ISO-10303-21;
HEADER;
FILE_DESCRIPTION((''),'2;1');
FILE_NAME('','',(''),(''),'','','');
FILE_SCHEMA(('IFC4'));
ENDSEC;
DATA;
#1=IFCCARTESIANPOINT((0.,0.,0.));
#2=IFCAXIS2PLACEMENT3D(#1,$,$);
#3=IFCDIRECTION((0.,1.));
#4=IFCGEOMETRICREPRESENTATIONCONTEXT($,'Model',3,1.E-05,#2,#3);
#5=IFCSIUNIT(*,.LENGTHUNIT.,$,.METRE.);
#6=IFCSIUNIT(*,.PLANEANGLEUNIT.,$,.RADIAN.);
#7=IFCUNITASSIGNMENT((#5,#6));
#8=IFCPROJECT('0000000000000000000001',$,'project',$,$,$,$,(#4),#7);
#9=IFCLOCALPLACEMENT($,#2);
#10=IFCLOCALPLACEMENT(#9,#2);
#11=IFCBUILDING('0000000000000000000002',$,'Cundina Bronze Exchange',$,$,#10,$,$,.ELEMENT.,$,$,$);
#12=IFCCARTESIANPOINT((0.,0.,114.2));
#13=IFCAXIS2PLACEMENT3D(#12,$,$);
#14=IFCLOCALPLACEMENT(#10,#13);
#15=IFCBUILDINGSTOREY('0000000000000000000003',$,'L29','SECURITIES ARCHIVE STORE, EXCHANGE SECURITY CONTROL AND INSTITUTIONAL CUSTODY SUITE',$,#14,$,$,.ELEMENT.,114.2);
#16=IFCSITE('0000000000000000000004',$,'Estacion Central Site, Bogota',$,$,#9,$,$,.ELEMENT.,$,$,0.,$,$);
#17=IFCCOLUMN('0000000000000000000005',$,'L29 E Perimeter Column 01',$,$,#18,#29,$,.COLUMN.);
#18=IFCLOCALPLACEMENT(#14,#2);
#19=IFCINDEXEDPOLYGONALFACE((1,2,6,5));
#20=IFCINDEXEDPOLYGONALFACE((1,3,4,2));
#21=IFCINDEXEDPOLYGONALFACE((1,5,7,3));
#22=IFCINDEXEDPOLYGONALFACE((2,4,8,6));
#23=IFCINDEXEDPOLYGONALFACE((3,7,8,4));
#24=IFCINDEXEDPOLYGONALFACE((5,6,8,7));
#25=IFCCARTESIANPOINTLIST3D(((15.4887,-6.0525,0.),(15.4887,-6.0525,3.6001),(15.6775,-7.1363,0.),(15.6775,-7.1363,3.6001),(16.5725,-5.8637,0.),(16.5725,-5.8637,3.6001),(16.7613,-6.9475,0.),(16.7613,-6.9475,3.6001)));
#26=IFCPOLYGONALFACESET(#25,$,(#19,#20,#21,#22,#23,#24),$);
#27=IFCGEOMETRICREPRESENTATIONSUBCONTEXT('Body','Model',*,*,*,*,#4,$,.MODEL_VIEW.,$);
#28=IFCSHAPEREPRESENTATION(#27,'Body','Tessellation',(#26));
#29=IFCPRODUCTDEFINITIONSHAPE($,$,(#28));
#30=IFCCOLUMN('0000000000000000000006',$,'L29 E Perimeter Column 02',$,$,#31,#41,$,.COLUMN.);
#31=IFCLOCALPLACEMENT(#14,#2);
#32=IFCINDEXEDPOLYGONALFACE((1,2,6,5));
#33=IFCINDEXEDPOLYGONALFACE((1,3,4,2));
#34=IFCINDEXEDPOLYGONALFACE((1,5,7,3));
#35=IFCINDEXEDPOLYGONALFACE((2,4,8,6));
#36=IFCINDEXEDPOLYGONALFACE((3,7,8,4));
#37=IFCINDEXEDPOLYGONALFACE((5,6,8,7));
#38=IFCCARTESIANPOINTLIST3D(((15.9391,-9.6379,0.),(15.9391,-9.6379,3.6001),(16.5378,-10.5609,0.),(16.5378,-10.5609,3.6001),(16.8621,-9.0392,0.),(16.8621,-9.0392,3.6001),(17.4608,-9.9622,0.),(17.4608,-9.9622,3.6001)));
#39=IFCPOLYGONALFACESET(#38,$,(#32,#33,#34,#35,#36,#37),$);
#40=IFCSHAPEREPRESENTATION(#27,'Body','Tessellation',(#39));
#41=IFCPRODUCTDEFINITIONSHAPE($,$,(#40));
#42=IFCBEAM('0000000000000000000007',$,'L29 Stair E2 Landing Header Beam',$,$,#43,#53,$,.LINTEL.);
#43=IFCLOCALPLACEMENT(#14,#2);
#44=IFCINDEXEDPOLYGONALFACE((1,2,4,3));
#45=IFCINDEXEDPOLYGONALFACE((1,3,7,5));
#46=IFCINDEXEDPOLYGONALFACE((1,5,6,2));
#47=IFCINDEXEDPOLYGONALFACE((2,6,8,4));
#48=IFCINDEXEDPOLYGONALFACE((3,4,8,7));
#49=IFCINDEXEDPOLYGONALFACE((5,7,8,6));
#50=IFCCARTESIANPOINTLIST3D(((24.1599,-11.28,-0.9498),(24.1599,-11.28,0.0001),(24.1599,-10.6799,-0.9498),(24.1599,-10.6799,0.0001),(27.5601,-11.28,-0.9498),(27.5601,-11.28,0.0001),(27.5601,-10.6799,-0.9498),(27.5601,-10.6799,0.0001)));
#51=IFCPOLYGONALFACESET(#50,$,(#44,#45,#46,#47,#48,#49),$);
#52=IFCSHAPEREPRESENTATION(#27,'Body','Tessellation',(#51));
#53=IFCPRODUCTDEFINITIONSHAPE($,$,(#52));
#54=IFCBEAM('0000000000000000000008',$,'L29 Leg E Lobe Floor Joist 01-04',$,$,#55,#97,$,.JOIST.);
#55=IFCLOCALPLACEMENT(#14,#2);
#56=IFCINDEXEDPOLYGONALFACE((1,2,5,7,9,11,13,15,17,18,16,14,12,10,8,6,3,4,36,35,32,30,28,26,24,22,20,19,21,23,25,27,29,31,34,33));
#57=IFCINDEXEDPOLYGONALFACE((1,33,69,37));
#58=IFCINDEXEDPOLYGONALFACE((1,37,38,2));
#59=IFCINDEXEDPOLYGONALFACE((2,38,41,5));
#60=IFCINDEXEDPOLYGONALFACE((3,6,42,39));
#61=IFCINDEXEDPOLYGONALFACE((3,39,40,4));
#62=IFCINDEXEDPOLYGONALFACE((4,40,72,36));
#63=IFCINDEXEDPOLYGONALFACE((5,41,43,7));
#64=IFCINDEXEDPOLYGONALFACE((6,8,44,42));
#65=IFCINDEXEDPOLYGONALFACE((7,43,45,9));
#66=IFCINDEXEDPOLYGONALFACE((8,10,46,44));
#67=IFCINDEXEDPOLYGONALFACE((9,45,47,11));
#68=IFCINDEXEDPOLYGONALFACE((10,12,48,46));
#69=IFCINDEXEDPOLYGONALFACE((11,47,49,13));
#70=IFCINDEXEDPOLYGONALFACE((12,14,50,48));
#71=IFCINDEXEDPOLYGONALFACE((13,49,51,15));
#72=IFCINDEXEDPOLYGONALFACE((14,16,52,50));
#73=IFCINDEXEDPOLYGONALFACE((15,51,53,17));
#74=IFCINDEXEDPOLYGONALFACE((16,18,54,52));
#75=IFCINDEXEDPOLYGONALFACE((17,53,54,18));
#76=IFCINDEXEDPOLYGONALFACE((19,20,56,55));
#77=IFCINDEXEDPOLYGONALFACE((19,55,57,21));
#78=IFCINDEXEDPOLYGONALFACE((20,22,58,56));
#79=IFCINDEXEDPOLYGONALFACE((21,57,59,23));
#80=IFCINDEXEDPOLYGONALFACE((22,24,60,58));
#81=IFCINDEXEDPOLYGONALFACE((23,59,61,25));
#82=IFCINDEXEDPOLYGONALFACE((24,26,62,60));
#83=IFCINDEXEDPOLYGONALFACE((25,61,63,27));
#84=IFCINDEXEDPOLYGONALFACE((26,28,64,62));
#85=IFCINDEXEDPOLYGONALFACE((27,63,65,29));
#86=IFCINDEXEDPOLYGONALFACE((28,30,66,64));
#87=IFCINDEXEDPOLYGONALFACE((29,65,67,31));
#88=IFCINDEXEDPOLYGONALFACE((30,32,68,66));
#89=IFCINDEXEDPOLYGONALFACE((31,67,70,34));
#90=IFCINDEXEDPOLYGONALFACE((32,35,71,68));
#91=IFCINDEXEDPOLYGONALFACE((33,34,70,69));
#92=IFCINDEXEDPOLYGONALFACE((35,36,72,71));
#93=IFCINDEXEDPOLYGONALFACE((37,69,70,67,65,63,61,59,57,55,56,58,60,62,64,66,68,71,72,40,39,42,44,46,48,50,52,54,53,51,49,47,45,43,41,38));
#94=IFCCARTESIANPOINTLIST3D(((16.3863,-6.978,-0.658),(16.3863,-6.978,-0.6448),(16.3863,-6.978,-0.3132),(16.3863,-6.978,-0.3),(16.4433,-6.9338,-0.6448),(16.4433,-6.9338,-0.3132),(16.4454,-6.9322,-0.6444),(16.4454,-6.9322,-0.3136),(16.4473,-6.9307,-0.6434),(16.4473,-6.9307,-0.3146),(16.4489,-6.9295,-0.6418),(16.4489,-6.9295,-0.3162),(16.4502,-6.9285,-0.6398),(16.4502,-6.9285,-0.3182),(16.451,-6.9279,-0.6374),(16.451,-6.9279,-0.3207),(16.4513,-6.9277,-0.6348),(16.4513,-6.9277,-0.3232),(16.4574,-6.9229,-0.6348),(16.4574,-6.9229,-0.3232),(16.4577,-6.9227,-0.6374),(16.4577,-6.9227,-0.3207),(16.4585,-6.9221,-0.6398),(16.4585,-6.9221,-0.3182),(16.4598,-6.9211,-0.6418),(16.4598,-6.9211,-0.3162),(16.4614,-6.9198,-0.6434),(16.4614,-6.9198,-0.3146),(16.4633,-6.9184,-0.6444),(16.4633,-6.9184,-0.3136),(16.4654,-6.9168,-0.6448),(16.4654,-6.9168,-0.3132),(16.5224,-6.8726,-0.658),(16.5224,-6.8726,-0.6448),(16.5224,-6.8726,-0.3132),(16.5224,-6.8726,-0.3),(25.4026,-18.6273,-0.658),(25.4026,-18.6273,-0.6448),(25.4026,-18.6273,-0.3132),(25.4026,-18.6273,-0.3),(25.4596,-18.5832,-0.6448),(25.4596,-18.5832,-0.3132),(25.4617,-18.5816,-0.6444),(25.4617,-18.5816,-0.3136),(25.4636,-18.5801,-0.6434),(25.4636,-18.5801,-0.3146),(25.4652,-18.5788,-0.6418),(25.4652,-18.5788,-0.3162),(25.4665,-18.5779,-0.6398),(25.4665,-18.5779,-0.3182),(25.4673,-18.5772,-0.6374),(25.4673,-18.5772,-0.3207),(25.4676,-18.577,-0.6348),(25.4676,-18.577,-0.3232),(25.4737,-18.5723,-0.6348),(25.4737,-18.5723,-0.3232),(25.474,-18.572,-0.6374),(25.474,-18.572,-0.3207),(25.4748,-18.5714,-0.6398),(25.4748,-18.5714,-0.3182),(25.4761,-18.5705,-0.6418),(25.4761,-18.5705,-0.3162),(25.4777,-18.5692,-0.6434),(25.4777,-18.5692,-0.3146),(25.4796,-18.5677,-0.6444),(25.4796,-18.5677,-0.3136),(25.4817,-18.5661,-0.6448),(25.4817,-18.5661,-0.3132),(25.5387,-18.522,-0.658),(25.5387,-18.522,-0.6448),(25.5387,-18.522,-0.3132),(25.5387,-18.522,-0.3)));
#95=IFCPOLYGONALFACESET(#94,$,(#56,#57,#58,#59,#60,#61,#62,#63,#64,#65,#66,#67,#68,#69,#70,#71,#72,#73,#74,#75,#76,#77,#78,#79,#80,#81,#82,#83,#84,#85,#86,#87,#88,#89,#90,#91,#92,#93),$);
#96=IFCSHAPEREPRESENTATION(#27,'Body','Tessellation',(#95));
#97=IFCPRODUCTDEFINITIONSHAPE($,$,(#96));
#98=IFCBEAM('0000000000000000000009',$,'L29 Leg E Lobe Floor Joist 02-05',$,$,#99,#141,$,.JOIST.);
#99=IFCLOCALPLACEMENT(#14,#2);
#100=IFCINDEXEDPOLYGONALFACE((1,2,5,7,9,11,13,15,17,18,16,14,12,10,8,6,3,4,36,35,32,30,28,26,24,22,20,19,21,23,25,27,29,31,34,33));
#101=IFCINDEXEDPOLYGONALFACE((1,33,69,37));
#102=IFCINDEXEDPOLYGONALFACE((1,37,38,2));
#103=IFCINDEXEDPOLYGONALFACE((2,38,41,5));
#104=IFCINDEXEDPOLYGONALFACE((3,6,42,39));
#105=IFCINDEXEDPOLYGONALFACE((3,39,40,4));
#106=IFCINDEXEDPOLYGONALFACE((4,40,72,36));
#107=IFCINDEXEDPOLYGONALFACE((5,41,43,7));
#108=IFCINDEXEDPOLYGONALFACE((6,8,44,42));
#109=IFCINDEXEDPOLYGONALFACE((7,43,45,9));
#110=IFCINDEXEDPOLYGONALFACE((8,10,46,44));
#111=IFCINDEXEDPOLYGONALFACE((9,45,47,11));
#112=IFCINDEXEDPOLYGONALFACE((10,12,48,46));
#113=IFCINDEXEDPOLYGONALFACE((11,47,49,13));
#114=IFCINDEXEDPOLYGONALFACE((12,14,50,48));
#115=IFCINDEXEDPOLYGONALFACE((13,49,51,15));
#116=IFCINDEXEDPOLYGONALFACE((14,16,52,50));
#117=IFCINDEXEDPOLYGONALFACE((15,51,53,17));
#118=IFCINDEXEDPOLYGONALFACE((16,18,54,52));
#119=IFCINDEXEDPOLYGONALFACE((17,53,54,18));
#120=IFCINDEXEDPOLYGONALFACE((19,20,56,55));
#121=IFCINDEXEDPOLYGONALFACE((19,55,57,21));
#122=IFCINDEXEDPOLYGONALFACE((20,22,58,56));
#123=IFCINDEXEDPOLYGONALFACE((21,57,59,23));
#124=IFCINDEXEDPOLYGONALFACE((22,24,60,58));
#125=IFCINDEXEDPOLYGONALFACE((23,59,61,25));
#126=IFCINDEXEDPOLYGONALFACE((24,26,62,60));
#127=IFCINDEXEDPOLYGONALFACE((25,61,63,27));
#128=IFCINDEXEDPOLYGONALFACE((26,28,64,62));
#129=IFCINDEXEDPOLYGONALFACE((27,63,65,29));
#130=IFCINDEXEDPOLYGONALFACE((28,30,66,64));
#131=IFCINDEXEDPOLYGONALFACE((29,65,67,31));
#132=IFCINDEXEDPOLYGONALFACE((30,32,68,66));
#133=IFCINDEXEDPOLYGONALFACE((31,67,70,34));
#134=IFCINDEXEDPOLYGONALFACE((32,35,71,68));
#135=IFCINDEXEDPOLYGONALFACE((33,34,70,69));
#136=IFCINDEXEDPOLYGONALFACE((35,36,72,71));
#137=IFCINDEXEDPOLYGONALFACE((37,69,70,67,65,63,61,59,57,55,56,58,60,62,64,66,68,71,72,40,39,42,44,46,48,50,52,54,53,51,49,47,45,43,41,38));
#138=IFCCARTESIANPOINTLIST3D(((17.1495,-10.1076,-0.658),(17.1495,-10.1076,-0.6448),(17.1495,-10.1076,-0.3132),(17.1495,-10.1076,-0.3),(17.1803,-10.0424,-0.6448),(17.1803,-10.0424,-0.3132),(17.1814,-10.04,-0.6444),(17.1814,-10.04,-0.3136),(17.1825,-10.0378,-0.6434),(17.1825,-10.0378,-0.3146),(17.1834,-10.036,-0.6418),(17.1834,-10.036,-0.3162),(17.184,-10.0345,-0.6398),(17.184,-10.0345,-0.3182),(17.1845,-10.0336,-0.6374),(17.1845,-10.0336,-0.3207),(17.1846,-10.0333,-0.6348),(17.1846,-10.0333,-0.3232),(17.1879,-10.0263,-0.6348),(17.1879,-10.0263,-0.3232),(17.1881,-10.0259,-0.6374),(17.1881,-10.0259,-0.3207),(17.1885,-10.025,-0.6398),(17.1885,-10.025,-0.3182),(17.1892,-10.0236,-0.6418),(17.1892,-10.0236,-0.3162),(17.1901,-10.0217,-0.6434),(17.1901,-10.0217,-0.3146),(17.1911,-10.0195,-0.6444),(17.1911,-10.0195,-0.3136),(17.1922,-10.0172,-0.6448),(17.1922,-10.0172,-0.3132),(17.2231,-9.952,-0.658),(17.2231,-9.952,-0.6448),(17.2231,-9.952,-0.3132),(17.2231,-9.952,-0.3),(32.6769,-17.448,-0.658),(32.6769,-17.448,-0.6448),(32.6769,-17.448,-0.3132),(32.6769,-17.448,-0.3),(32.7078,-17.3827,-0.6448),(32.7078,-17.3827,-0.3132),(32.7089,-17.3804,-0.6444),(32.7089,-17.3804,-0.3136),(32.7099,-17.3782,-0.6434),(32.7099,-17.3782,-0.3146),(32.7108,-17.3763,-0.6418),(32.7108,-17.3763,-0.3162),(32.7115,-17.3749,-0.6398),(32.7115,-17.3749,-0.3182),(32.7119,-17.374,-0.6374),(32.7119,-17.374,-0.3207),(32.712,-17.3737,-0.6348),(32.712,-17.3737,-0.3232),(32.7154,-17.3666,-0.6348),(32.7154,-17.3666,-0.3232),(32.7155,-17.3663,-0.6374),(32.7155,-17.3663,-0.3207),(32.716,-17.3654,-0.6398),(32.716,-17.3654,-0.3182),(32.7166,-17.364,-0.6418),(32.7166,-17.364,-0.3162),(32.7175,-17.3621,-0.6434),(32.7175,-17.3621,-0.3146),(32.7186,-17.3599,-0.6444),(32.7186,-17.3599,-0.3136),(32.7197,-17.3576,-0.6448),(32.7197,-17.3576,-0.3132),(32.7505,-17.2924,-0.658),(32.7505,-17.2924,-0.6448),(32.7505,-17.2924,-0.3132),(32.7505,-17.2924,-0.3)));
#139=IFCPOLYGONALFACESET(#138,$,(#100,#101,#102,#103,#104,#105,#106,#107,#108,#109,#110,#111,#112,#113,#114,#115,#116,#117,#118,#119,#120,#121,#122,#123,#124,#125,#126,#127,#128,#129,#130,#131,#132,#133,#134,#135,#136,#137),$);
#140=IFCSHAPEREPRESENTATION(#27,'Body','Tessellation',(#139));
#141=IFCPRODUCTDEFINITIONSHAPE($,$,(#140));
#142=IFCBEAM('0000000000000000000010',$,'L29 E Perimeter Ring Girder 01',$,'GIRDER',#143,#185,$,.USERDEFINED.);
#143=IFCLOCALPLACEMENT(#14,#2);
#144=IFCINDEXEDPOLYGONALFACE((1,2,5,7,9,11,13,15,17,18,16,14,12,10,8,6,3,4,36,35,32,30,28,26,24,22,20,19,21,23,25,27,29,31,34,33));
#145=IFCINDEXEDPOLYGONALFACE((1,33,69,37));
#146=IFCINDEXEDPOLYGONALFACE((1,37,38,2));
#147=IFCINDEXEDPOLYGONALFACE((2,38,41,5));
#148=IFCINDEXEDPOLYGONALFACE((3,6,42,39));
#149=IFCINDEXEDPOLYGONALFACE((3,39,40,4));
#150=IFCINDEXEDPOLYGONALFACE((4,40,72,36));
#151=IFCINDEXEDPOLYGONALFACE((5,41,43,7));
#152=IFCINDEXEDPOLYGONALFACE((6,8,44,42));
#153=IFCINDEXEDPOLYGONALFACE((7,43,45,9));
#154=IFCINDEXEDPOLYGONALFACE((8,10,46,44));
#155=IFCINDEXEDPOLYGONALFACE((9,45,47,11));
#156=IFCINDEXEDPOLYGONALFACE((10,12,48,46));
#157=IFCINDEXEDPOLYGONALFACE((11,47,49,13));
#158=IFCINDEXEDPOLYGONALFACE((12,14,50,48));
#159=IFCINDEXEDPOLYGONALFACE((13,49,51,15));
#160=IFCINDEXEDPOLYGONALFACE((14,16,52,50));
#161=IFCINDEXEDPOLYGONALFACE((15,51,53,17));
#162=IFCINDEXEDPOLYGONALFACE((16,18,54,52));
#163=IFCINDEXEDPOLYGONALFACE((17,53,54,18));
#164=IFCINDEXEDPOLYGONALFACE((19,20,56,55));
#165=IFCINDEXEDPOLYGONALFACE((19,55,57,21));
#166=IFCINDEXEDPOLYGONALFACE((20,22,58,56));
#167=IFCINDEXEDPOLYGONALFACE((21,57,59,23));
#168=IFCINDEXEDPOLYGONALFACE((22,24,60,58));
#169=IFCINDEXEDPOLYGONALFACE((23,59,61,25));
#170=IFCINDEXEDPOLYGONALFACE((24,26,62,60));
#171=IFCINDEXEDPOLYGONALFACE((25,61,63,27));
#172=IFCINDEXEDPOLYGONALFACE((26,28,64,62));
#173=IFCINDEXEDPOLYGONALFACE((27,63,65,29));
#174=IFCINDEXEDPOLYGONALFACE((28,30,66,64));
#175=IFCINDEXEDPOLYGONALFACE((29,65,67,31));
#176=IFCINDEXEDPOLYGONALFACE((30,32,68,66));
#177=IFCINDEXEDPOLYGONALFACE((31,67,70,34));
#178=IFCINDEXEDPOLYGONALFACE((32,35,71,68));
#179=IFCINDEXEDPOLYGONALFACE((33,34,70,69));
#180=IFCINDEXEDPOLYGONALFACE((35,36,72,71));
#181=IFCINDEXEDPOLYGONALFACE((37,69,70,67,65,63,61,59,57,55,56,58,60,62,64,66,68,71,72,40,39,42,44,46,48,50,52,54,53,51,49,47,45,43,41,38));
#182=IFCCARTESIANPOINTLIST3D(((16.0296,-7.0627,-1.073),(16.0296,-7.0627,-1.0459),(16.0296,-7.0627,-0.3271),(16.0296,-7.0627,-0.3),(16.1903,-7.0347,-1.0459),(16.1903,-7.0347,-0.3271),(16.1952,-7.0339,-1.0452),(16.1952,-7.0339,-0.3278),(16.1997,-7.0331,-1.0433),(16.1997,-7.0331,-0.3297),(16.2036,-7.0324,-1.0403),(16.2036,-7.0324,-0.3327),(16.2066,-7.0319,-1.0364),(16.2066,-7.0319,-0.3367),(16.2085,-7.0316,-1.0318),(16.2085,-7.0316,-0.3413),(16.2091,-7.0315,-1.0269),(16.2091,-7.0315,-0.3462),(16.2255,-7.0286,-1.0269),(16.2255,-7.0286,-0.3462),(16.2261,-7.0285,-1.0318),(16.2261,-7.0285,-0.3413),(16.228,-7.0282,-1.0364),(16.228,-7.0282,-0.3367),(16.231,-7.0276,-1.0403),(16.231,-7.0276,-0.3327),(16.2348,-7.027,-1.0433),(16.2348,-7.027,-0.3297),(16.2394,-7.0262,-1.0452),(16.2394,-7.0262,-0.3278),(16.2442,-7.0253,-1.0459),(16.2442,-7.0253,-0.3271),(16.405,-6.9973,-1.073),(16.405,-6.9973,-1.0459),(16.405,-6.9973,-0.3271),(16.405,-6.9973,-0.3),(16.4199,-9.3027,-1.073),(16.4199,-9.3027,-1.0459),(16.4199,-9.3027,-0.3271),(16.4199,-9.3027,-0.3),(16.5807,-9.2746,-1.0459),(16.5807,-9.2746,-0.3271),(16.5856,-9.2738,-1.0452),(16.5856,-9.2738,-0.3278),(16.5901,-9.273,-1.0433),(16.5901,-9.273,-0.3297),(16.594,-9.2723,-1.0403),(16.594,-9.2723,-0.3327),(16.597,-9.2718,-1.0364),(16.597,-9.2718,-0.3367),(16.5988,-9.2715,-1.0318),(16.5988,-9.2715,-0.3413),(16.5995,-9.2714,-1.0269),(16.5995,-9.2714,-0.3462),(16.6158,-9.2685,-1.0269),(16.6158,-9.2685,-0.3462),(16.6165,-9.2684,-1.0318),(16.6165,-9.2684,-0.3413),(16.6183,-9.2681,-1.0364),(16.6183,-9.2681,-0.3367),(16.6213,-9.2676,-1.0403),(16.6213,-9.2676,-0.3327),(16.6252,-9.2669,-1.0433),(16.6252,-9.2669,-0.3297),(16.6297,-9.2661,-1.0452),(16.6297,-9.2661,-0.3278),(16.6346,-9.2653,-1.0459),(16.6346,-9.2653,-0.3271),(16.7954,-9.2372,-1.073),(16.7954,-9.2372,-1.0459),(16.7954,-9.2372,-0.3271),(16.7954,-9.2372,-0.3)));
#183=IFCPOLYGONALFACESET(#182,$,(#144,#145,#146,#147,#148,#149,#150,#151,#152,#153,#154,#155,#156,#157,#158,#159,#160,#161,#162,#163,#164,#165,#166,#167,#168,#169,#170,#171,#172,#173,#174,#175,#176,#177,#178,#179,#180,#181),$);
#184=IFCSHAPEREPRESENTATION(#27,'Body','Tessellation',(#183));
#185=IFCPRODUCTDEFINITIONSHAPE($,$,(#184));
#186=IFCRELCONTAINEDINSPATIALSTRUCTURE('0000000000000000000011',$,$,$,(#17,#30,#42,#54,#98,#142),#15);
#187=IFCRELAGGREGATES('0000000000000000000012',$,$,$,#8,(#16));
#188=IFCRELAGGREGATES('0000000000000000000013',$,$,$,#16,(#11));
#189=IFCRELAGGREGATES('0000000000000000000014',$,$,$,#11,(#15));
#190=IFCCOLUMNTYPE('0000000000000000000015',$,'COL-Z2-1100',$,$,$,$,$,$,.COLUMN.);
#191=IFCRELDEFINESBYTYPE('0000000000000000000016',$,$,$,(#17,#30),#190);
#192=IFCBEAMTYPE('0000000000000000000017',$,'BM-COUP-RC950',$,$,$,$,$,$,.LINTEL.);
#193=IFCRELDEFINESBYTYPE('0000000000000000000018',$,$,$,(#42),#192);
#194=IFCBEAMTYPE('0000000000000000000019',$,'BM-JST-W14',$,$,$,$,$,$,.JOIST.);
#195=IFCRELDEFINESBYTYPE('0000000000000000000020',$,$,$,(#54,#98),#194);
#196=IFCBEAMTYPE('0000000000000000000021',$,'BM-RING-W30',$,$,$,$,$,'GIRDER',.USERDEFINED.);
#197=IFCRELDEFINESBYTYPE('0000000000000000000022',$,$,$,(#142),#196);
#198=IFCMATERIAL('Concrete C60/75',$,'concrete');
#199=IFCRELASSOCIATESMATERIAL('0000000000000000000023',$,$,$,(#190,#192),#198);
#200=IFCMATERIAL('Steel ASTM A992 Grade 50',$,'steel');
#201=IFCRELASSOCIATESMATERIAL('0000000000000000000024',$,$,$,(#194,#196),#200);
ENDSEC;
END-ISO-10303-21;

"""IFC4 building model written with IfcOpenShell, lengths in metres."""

from ifc_helpers import new_model, si_unit, direction, frame, origin, origin_2d, place, context, subcontext, project, spatial, rectangle, i_section, extrude, material, material_profile, profile_set, type_object, element, save


model = new_model("IFC4")

# Units and contexts
model_context = context("Model", 3, precision=1e-05, world=origin(), true_north=direction((0.0, 1.0)))
body_context = subcontext(model_context, "Body", "Model", "MODEL_VIEW")
ifc_project = project(units=[si_unit("LENGTHUNIT", "METRE"), si_unit("PLANEANGLEUNIT", "RADIAN")], contexts=[model_context])

# Site, building, storey
site_placement = place(None, origin())
site = spatial("IfcSite", under=ifc_project, at=site_placement, Name="Estacion Central Site, Bogota", CompositionType="ELEMENT", RefElevation=0.0)
building_placement = place(site_placement, origin())
building = spatial("IfcBuilding", under=site, at=building_placement, Name="Cundina Bronze Exchange", CompositionType="ELEMENT")
storey_placement = place(building_placement, frame((0.0, 0.0, 114.2)))
storey = spatial("IfcBuildingStorey", under=building, at=storey_placement, Name="L29", Description="SECURITIES ARCHIVE STORE, EXCHANGE SECURITY CONTROL AND INSTITUTIONAL CUSTODY SUITE", CompositionType="ELEMENT", Elevation=114.2)

# Columns
ifc_material_1 = material(Name="Concrete C60/75", Category="concrete")
ifc_material_profile_1 = material_profile(ifc_material_1, rectangle(XDim=1.1001, YDim=1.1001, at=origin_2d()), Name="RC1100X1100", Category="concrete")
ifc_profile_set_1 = profile_set([ifc_material_profile_1], Name="Concrete C60/75")
column_type = type_object("IfcColumnType", Name="COL-Z2-1100", PredefinedType="COLUMN", material=ifc_profile_set_1)
for number, where, z_axis, x_axis, name in (
    (1, (16.125, -6.5, 0.0), (0.0, 0.0, 1.0), (0.171585, -0.985169, 0.0), "L29 E Perimeter Column 01"),
    (2, (16.7, -9.8, 0.0), (0.0, 0.0, 1.0), (0.5442, -0.838956, 0.0), "L29 E Perimeter Column 02"),
):
    element("IfcColumn", number, at=place(storey_placement, frame(where, z_axis=z_axis, x_axis=x_axis)), inside=storey, type_object=column_type, Name=name, PredefinedType="COLUMN", context=body_context, shape_type="SweptSolid", body=[
        extrude(rectangle(XDim=1.1001, YDim=1.1001, at=origin_2d()), origin(), (0.0, 0.0, 1.0), 3.6001),
    ])

# Beams
ifc_material_profile_2 = material_profile(ifc_material_1, rectangle(XDim=0.6001, YDim=0.95, at=origin_2d()), Name="RC600X950", Category="concrete")
ifc_profile_set_2 = profile_set([ifc_material_profile_2], Name="Concrete C60/75")
beam_type_1 = type_object("IfcBeamType", Name="BM-COUP-RC950", PredefinedType="LINTEL", material=ifc_profile_set_2)
beam_1_placement = place(storey_placement, frame((24.1599, -10.98, -0.4749), z_axis=(1.0, 0.0, 0.0), x_axis=(0.0, 1.0, 0.0)))
element("IfcBeam", 3, at=beam_1_placement, inside=storey, type_object=beam_type_1, Name="L29 Stair E2 Landing Header Beam", PredefinedType="LINTEL", context=body_context, shape_type="SweptSolid", body=[
    extrude(rectangle(XDim=0.6001, YDim=0.95, at=origin_2d()), origin(), (0.0, 0.0, 1.0), 3.4001),
])
ifc_material_2 = material(Name="Steel ASTM A992 Grade 50", Category="steel")
ifc_material_profile_3 = material_profile(ifc_material_2, i_section(OverallWidth=0.1721, OverallDepth=0.3579, WebThickness=0.0078, FlangeThickness=0.0132, FilletRadius=0.01, at=origin_2d()), Name="W14X38", Category="steel")
ifc_profile_set_3 = profile_set([ifc_material_profile_3], Name="Steel ASTM A992 Grade 50")
beam_type_2 = type_object("IfcBeamType", Name="BM-JST-W14", PredefinedType="JOIST", material=ifc_profile_set_3)
beam_2_placement = place(storey_placement, frame((16.4543, -6.9253, -0.479), z_axis=(0.612065, -0.790807, 0.0), x_axis=(0.790807, 0.612065, 0.0)))
element("IfcBeam", 4, at=beam_2_placement, inside=storey, type_object=beam_type_2, Name="L29 Leg E Lobe Floor Joist 01-04", PredefinedType="JOIST", context=body_context, shape_type="SweptSolid", body=[
    extrude(i_section(OverallWidth=0.1721, OverallDepth=0.3579, WebThickness=0.0078, FlangeThickness=0.0132, FilletRadius=0.01, at=origin_2d()), origin(), (0.0, 0.0, 1.0), 14.731),
])
beam_3_placement = place(storey_placement, frame((17.1863, -10.0298, -0.479), z_axis=(0.904069, -0.427386, 0.0), x_axis=(0.427386, 0.904069, 0.0)))
element("IfcBeam", 5, at=beam_3_placement, inside=storey, type_object=beam_type_2, Name="L29 Leg E Lobe Floor Joist 02-05", PredefinedType="JOIST", context=body_context, shape_type="SweptSolid", body=[
    extrude(i_section(OverallWidth=0.1721, OverallDepth=0.3579, WebThickness=0.0078, FlangeThickness=0.0132, FilletRadius=0.01, at=origin_2d()), origin(), (0.0, 0.0, 1.0), 17.175),
])
ifc_material_profile_4 = material_profile(ifc_material_2, i_section(OverallWidth=0.3811, OverallDepth=0.7729, WebThickness=0.0166, FlangeThickness=0.0271, FilletRadius=0.019, at=origin_2d()), Name="W30X173", Category="steel")
ifc_profile_set_4 = profile_set([ifc_material_profile_4], Name="Steel ASTM A992 Grade 50")
beam_type_3 = type_object("IfcBeamType", Name="BM-RING-W30", ElementType="GIRDER", PredefinedType="USERDEFINED", material=ifc_profile_set_4)
beam_4_placement = place(storey_placement, frame((16.2173, -7.03, -0.6865), z_axis=(0.17169, -0.985151, 0.0), x_axis=(0.985151, 0.17169, 0.0)))
element("IfcBeam", 6, at=beam_4_placement, inside=storey, type_object=beam_type_3, Name="L29 E Perimeter Ring Girder 01", ObjectType="GIRDER", PredefinedType="USERDEFINED", context=body_context, shape_type="SweptSolid", body=[
    extrude(i_section(OverallWidth=0.3811, OverallDepth=0.7729, WebThickness=0.0166, FlangeThickness=0.0271, FilletRadius=0.019, at=origin_2d()), origin(), (0.0, 0.0, 1.0), 2.2737),
])

save(model, "model.ifc")
